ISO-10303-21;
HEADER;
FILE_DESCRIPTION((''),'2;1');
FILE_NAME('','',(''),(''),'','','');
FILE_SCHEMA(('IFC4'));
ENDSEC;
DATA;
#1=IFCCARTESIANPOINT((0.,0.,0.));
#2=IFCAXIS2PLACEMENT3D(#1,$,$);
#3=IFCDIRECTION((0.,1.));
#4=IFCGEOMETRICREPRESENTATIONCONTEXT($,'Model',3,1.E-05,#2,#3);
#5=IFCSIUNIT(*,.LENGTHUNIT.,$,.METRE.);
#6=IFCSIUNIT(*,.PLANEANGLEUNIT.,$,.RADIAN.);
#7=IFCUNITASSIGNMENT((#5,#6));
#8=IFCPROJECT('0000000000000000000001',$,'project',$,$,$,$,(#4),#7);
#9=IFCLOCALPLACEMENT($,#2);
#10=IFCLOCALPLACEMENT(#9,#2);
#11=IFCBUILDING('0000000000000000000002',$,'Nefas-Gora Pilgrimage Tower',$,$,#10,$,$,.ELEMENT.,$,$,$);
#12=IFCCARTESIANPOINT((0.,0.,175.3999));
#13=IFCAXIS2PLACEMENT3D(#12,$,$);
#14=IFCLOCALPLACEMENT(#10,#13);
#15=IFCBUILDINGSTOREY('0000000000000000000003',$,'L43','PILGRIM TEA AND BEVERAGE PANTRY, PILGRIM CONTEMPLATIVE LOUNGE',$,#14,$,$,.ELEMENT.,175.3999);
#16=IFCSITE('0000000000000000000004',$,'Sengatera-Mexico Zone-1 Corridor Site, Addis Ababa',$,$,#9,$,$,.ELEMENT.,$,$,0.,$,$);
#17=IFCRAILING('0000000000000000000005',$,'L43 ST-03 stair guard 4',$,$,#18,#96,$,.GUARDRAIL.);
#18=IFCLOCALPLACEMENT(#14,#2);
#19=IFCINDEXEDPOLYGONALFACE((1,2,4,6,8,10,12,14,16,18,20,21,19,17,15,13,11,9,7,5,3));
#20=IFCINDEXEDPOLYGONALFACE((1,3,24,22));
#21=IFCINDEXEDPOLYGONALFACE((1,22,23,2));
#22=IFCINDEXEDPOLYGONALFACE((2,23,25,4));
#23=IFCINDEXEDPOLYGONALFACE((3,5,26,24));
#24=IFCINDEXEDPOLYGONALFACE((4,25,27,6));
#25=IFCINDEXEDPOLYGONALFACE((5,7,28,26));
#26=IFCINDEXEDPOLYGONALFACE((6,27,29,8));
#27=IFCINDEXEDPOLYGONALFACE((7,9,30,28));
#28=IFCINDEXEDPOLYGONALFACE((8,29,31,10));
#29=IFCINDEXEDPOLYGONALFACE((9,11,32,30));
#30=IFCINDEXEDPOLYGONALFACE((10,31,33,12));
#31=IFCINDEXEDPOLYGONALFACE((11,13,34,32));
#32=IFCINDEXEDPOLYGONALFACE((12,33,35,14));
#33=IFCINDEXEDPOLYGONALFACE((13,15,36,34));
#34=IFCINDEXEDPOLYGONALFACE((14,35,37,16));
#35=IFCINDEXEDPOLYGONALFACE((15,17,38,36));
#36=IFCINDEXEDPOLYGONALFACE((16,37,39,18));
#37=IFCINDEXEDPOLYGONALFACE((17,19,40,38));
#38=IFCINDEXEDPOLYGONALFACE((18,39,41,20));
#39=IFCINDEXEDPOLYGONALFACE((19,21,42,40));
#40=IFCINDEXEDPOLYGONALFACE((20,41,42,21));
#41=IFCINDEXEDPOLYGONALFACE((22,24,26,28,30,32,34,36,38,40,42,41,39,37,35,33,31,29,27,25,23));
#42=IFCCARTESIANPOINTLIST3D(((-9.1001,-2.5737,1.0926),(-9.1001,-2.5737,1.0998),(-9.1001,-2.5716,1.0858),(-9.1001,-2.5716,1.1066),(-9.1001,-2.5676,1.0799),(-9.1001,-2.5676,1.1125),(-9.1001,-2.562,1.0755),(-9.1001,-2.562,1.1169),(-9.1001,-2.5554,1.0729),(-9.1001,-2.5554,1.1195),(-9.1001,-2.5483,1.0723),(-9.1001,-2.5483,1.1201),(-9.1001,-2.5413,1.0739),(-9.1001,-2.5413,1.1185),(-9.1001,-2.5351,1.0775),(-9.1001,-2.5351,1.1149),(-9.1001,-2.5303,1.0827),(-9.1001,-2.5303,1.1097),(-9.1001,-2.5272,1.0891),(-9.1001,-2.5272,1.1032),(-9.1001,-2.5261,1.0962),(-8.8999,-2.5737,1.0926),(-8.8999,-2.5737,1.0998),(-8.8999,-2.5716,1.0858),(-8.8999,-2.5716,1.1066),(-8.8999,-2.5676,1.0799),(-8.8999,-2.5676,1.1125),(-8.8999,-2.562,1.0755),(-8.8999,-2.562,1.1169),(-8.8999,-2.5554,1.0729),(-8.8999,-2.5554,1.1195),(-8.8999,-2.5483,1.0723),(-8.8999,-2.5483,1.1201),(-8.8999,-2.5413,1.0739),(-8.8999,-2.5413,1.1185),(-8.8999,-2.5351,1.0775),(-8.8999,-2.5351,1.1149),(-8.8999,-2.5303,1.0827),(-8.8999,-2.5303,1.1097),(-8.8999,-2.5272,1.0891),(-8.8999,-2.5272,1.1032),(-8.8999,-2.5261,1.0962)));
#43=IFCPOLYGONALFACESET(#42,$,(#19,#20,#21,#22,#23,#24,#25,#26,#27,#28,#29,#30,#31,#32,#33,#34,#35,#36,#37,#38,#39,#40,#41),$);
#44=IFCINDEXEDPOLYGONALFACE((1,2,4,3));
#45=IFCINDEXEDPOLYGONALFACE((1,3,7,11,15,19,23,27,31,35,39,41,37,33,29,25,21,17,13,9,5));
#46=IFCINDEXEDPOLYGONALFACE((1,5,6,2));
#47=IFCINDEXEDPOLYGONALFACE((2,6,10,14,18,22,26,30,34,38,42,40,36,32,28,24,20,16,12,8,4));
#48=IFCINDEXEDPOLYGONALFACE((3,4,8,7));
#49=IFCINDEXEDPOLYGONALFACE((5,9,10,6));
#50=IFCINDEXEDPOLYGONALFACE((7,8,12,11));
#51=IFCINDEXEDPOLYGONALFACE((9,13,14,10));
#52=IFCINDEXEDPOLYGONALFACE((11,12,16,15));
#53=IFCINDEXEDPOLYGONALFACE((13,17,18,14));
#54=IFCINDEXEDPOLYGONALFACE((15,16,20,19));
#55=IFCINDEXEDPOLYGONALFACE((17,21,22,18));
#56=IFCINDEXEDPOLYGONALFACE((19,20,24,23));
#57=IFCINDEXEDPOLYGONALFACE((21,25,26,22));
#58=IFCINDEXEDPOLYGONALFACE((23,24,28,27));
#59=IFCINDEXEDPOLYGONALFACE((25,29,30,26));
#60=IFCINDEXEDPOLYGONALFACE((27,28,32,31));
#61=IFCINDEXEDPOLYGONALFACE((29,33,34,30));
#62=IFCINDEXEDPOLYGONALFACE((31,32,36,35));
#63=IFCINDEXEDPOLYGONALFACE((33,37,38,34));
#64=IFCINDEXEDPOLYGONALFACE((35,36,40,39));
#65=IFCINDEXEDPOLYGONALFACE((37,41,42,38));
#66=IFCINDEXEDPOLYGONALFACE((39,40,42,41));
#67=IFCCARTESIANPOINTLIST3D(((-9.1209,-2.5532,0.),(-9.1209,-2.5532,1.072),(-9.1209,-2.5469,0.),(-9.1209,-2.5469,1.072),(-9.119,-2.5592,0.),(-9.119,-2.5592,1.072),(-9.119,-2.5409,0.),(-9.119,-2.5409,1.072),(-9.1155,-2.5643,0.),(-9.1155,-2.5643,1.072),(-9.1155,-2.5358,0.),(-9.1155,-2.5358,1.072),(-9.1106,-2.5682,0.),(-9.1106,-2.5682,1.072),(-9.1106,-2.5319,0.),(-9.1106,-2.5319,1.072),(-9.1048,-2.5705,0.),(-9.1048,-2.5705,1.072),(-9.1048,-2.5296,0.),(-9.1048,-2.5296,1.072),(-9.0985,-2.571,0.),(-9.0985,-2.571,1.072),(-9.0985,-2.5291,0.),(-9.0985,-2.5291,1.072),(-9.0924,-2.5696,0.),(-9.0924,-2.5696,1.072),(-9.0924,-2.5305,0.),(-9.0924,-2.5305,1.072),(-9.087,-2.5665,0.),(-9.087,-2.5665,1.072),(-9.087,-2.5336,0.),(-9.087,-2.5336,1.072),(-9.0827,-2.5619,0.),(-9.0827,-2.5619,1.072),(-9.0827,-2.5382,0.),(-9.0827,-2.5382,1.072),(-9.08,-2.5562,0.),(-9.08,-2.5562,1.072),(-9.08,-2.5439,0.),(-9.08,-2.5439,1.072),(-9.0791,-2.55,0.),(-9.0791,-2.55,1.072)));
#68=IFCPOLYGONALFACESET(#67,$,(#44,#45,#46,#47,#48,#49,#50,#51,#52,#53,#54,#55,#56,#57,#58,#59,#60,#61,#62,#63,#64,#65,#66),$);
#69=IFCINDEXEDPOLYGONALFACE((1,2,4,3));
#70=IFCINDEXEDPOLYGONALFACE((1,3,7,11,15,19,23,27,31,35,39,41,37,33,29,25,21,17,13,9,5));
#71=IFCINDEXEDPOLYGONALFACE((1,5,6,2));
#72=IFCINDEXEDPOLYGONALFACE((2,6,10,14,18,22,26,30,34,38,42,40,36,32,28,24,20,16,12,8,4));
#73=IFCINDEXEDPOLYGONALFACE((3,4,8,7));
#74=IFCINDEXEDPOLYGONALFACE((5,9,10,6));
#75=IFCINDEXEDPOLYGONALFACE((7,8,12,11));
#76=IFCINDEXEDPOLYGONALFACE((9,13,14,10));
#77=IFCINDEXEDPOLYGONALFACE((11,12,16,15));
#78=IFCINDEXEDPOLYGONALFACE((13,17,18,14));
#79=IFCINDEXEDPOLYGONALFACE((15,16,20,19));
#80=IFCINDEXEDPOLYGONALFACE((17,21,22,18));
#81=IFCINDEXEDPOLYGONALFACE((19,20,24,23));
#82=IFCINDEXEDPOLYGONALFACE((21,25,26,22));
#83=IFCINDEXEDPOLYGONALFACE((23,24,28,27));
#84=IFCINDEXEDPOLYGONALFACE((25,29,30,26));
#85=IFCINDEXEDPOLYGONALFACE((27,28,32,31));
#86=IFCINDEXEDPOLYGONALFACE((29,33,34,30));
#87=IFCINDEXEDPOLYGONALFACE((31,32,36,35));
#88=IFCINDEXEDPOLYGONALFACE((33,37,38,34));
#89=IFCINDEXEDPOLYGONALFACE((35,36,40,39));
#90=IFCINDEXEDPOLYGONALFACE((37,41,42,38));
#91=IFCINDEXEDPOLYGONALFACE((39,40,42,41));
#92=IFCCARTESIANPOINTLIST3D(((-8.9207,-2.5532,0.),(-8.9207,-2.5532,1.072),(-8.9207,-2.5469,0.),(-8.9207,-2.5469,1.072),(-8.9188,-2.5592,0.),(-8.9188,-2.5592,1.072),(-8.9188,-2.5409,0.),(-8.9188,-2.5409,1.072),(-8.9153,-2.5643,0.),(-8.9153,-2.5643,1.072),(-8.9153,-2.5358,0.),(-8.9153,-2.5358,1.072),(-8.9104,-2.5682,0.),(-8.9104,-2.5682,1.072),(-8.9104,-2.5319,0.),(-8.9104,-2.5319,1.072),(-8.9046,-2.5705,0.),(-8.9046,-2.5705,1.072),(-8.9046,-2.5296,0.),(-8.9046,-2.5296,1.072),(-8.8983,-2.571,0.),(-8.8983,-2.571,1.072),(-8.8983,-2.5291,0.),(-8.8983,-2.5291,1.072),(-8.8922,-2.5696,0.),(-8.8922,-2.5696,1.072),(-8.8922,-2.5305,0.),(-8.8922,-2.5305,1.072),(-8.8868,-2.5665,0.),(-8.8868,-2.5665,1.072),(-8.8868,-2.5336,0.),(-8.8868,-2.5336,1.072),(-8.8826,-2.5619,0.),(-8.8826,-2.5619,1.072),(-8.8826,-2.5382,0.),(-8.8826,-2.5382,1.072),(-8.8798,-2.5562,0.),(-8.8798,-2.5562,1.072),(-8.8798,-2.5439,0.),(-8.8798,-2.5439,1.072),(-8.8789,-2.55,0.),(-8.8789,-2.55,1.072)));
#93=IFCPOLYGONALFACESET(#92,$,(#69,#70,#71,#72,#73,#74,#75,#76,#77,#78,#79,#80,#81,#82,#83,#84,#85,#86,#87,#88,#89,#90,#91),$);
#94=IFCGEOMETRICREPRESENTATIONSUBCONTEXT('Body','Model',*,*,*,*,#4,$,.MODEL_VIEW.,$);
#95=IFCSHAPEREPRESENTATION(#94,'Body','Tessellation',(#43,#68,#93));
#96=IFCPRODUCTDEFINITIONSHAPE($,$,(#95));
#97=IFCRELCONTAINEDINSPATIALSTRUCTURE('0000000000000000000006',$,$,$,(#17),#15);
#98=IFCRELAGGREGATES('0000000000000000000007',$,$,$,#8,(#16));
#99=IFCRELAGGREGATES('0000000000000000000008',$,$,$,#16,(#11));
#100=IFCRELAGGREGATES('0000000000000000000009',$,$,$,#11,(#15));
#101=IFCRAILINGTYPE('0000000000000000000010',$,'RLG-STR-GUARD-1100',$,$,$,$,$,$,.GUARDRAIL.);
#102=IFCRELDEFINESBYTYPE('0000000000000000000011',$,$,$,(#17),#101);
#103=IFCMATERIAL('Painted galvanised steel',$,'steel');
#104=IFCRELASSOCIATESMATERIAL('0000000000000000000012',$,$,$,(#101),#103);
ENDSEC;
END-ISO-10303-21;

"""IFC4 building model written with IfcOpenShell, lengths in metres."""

from ifc_helpers import new_model, si_unit, direction, frame, origin, origin_2d, place, context, subcontext, project, spatial, circle, extrude, material, type_object, element, save


model = new_model("IFC4")

# Units and contexts
model_context = context("Model", 3, precision=1e-05, world=origin(), true_north=direction((0.0, 1.0)))
body_context = subcontext(model_context, "Body", "Model", "MODEL_VIEW")
ifc_project = project(units=[si_unit("LENGTHUNIT", "METRE"), si_unit("PLANEANGLEUNIT", "RADIAN")], contexts=[model_context])

# Site, building, storey
site_placement = place(None, origin())
site = spatial("IfcSite", under=ifc_project, at=site_placement, Name="Sengatera-Mexico Zone-1 Corridor Site, Addis Ababa", CompositionType="ELEMENT", RefElevation=0.0)
building_placement = place(site_placement, origin())
building = spatial("IfcBuilding", under=site, at=building_placement, Name="Nefas-Gora Pilgrimage Tower", CompositionType="ELEMENT")
storey_placement = place(building_placement, frame((0.0, 0.0, 175.3999)))
storey = spatial("IfcBuildingStorey", under=building, at=storey_placement, Name="L43", Description="PILGRIM TEA AND BEVERAGE PANTRY, PILGRIM CONTEMPLATIVE LOUNGE", CompositionType="ELEMENT", Elevation=175.3999)

# Railing
ifc_material_1 = material(Name="Painted galvanised steel", Category="steel")
railing_type_1 = type_object("IfcRailingType", Name="RLG-STR-GUARD-1100", PredefinedType="GUARDRAIL", material=ifc_material_1)
railing_1_placement = place(storey_placement, frame((-9.1001, -2.55, 0.0)))
element("IfcRailing", 1, at=railing_1_placement, inside=storey, type_object=railing_type_1, Name="L43 ST-03 stair guard 4", PredefinedType="GUARDRAIL", context=body_context, shape_type="SweptSolid", body=[
    extrude(circle(Radius=0.0239, at=origin_2d()), frame((0.0, 0.0, 1.0962), z_axis=(1.0, 0.0, 0.0), x_axis=(0.0, 1.0, 0.0)), (0.0, 0.0, 1.0), 0.2002),
    extrude(circle(Radius=0.021, at=origin_2d()), origin(), (0.0, 0.0, 1.0), 1.072),
    extrude(circle(Radius=0.021, at=origin_2d()), frame((0.2002, 0.0, 0.0)), (0.0, 0.0, 1.0), 1.072),
])

save(model, "model.ifc")
